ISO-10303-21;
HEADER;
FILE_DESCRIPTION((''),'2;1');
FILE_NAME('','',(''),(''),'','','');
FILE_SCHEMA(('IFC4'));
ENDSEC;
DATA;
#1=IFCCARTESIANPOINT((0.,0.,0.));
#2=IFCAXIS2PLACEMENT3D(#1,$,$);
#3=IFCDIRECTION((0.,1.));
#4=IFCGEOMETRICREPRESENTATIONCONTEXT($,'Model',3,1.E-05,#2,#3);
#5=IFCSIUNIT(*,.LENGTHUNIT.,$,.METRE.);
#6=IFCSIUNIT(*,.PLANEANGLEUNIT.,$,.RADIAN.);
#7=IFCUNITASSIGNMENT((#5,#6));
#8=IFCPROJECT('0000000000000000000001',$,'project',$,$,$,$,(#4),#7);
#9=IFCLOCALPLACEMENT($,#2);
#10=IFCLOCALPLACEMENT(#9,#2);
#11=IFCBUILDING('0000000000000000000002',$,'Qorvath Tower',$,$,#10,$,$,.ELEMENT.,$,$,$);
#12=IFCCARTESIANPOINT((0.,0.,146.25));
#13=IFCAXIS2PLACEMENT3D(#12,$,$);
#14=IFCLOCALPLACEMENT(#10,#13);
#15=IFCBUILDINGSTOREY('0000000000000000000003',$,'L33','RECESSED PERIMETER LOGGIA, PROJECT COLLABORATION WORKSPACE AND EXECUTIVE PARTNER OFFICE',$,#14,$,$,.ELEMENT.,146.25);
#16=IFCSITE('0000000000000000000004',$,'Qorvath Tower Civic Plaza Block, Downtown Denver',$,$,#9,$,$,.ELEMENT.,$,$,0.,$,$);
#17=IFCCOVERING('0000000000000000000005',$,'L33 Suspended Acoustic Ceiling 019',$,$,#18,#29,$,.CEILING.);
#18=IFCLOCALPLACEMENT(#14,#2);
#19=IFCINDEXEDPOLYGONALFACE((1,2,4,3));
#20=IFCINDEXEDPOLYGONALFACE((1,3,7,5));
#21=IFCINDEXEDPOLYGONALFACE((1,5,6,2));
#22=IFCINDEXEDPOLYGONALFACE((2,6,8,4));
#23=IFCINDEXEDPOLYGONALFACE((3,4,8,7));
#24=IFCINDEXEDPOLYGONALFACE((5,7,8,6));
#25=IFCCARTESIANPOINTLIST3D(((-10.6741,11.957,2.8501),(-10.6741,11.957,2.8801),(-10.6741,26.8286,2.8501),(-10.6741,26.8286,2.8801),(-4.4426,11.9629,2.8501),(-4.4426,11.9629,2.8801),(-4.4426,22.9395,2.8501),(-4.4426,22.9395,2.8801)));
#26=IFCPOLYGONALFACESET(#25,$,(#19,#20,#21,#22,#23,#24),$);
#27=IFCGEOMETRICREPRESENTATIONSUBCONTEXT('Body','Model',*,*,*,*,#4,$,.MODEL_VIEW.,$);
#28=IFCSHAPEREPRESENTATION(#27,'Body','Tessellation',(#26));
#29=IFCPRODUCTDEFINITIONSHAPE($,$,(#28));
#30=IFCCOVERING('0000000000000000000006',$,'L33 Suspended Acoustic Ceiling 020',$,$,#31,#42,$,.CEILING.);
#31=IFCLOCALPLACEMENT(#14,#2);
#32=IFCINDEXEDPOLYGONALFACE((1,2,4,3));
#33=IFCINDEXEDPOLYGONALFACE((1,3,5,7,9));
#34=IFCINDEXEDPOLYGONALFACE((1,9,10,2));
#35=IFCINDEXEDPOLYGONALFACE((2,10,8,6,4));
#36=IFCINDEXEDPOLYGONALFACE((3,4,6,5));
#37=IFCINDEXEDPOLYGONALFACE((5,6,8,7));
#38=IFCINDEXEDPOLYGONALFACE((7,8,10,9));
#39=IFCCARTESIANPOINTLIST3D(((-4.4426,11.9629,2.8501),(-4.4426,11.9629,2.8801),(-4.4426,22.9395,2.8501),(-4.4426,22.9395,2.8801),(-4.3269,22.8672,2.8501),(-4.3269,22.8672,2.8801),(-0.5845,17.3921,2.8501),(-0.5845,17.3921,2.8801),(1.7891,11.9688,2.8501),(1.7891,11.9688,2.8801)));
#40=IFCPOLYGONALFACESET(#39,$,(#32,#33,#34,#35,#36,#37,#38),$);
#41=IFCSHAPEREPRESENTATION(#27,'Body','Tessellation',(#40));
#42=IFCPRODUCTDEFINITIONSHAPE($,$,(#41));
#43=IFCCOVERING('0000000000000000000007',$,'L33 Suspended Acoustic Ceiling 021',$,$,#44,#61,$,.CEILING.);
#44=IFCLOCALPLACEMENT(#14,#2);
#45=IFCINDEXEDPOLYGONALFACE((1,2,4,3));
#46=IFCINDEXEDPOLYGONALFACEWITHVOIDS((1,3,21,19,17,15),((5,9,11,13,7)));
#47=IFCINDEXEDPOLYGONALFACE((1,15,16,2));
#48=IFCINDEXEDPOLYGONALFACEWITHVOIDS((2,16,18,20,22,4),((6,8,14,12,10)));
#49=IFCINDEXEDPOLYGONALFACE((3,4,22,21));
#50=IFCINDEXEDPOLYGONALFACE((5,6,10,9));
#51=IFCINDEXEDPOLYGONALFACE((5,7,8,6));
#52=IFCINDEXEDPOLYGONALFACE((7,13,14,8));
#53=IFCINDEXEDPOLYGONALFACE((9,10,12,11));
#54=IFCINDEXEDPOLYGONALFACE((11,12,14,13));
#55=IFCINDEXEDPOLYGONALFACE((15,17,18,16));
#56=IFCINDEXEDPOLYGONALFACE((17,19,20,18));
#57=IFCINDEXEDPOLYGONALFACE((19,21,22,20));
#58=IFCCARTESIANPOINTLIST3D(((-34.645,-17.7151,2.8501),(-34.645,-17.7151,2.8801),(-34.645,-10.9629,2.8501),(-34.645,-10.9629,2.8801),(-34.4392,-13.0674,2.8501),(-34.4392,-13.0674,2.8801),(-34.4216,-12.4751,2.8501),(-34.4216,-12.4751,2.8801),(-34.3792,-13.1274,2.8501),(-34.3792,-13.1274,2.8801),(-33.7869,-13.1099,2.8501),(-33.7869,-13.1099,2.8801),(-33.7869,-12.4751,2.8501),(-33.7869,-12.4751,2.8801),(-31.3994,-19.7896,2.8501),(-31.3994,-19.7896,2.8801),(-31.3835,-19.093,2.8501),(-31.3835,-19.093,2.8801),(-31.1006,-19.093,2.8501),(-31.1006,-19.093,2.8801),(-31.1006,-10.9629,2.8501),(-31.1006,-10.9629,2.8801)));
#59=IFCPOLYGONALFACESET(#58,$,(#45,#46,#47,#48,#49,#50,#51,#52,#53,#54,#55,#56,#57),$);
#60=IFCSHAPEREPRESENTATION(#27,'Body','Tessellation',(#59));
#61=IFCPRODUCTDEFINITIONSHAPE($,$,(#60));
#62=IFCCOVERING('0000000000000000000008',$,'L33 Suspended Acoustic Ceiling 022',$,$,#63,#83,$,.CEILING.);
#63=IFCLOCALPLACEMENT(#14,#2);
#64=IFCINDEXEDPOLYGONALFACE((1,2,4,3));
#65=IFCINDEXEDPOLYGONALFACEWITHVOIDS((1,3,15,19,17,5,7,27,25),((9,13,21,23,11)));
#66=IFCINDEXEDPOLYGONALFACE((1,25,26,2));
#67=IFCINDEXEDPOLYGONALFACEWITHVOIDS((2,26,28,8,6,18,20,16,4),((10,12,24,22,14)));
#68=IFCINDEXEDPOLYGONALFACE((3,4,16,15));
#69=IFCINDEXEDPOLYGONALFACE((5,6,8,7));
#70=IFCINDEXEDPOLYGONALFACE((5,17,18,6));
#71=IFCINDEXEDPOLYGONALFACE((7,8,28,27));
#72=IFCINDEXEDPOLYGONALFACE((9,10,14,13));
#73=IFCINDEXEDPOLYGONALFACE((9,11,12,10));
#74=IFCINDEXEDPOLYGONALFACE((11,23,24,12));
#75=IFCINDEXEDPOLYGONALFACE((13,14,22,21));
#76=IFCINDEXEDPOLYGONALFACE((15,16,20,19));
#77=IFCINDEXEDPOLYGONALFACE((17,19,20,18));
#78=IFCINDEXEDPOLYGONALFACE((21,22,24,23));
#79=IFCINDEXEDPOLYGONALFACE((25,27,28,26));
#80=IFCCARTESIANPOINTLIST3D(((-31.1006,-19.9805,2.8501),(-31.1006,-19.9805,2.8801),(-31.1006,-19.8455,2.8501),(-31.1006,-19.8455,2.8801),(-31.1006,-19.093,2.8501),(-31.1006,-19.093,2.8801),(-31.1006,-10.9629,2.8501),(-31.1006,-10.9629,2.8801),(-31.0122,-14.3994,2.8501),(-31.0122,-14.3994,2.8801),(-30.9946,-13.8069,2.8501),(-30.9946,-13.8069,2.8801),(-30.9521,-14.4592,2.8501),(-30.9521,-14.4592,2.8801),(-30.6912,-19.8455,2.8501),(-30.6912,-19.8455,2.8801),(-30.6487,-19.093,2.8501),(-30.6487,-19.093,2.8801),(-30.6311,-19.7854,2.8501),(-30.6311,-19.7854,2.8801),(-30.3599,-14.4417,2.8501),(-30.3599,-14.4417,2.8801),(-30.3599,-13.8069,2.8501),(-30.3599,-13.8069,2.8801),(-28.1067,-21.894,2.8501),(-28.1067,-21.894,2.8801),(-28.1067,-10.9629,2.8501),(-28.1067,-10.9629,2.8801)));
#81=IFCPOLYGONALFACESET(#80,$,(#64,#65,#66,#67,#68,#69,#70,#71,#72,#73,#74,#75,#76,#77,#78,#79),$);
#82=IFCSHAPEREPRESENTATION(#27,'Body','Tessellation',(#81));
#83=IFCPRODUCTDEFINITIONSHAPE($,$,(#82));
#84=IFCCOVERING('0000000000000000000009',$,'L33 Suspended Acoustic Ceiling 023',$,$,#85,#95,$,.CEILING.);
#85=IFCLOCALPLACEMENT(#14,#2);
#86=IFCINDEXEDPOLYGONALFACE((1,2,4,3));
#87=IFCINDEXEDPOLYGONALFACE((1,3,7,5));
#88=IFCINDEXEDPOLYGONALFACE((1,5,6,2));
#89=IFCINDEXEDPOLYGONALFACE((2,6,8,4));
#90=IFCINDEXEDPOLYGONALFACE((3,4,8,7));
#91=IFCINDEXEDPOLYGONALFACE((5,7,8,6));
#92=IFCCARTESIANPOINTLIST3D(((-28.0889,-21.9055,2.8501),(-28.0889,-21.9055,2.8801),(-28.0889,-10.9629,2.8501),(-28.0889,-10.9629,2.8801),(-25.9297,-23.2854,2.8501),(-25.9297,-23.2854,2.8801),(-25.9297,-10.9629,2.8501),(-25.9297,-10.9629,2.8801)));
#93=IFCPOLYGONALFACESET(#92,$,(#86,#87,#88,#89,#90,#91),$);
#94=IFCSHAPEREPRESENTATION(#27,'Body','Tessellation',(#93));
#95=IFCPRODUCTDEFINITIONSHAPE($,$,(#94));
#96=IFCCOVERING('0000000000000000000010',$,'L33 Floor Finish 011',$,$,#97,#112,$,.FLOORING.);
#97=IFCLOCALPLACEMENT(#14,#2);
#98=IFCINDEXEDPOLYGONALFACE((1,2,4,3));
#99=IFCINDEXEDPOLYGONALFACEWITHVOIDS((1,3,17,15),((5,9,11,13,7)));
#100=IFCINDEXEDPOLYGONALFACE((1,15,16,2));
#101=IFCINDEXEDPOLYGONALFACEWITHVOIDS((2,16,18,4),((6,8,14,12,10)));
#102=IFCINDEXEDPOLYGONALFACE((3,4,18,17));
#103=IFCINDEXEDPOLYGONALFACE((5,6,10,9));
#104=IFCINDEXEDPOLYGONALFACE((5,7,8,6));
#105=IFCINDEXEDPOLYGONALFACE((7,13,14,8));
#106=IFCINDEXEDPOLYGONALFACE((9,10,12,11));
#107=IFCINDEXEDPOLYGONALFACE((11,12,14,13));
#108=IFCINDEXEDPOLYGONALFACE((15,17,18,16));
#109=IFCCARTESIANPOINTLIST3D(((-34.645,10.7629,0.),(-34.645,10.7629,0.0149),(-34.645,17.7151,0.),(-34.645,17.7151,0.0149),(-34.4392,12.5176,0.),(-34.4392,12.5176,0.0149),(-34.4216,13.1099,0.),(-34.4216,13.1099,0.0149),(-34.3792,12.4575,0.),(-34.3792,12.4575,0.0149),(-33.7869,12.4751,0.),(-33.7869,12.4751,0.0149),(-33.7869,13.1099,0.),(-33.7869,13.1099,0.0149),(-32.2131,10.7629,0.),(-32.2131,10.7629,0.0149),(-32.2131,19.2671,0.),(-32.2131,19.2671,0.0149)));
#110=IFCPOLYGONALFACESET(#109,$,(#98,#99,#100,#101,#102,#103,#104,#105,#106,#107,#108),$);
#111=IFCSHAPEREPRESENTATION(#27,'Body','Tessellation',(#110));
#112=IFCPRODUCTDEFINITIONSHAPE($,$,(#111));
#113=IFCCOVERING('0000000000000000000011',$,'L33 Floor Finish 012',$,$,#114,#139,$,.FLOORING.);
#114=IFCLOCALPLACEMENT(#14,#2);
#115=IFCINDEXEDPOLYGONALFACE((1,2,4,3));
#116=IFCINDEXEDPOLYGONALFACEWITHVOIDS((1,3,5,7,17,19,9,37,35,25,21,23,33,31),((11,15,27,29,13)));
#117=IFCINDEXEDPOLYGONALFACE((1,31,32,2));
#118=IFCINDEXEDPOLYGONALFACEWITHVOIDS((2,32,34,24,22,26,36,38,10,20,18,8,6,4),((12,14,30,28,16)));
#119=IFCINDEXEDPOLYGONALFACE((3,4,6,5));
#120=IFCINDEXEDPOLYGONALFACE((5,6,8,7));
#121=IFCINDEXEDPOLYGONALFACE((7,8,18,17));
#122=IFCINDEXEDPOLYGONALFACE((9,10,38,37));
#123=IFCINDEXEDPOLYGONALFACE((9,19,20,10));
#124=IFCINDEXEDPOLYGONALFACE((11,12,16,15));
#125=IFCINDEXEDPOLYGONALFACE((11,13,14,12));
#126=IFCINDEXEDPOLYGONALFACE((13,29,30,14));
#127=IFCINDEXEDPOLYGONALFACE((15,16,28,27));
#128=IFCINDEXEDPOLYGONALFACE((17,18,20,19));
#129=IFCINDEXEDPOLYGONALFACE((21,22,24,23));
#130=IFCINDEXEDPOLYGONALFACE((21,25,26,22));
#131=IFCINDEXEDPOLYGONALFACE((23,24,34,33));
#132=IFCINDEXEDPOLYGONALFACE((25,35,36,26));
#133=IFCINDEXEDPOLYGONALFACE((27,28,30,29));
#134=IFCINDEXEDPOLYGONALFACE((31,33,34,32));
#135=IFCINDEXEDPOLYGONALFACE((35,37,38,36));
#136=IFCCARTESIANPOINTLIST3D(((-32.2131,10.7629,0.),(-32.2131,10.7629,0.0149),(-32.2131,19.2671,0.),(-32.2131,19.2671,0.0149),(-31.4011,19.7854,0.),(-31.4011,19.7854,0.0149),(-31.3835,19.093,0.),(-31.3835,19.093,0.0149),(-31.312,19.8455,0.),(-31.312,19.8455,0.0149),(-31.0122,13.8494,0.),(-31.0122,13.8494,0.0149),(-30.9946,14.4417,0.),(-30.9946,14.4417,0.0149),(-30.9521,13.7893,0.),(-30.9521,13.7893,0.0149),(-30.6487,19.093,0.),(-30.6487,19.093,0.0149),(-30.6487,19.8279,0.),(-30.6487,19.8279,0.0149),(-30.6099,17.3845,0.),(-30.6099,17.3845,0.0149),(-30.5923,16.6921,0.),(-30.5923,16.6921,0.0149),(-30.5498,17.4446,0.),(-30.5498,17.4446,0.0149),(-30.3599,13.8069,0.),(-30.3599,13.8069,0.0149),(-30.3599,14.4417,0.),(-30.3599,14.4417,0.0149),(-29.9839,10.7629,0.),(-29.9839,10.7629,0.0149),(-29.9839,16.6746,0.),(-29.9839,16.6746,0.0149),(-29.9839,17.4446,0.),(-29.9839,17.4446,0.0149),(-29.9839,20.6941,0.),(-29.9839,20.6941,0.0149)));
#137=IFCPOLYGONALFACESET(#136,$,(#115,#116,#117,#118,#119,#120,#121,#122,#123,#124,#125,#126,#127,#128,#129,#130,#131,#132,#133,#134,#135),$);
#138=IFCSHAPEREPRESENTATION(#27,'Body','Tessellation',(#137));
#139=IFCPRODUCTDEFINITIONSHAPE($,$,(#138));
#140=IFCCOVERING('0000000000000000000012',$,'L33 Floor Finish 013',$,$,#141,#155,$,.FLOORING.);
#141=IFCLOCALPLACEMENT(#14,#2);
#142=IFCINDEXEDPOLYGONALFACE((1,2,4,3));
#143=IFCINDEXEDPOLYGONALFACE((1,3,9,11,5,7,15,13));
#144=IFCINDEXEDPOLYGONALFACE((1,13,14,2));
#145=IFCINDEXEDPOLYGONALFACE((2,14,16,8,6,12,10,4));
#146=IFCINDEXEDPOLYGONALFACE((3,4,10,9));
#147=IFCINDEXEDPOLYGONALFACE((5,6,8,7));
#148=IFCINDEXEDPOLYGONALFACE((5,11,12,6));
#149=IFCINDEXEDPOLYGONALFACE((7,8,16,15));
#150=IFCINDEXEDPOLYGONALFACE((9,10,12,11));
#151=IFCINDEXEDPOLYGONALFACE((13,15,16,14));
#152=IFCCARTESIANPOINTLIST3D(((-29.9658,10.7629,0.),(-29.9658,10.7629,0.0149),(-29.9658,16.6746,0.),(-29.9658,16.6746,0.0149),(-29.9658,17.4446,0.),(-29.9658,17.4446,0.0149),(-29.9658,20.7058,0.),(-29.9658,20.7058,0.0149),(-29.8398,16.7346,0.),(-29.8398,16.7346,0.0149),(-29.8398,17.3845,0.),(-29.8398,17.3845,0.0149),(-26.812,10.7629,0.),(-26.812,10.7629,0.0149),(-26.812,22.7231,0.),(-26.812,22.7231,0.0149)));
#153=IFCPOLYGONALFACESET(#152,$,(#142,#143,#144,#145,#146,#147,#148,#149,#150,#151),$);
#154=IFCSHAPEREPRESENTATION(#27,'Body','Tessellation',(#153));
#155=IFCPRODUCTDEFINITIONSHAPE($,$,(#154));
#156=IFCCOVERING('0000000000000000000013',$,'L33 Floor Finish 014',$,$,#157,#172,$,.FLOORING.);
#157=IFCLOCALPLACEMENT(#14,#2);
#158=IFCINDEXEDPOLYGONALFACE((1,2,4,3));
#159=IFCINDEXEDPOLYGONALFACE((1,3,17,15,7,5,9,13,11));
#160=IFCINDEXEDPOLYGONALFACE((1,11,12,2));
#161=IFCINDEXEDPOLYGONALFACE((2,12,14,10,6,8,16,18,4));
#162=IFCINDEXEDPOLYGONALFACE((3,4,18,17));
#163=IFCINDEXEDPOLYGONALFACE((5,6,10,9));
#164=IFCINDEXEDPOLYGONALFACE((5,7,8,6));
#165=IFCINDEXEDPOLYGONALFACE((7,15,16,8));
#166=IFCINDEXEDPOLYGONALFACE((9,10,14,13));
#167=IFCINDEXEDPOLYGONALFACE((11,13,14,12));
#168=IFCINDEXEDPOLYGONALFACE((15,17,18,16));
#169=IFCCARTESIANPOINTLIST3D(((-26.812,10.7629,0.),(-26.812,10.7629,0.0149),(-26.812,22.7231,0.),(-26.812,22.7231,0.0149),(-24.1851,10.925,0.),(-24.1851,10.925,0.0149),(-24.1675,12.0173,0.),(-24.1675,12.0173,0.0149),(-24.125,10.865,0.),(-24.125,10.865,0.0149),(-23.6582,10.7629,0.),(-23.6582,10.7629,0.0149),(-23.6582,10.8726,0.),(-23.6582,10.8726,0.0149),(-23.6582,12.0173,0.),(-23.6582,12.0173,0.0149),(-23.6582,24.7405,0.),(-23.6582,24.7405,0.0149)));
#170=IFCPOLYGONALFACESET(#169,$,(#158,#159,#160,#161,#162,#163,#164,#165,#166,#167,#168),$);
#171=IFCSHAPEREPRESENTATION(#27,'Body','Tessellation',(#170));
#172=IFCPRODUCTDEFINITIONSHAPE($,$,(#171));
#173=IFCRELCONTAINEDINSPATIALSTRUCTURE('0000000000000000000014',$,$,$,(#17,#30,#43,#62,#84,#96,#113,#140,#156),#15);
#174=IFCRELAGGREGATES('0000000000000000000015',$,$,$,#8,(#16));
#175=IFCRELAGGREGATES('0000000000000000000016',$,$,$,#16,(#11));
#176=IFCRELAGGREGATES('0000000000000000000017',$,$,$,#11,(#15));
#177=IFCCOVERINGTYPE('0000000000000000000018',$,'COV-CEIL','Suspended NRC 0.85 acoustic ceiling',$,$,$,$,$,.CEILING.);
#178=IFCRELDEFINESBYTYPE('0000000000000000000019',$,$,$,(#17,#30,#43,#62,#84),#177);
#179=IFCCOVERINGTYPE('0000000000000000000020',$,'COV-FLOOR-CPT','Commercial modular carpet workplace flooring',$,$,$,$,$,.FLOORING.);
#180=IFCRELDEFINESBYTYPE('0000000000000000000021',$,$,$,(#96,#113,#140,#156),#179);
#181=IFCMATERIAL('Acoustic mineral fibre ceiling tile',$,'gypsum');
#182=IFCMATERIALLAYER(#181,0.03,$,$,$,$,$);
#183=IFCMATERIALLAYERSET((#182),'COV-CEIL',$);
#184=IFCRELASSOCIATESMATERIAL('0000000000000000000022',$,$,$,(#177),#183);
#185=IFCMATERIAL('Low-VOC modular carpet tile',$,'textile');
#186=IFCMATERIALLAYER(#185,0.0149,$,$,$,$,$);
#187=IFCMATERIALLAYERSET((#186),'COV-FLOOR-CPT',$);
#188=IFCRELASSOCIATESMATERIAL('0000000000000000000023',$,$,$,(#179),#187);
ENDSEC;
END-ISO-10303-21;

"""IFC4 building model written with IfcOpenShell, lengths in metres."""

from ifc_helpers import new_model, si_unit, direction, frame, origin, place, context, subcontext, project, spatial, polyline, outline, extrude, material, layer, layer_set, type_object, element, save


model = new_model("IFC4")

# Units and contexts
model_context = context("Model", 3, precision=1e-05, world=origin(), true_north=direction((0.0, 1.0)))
body_context = subcontext(model_context, "Body", "Model", "MODEL_VIEW")
ifc_project = project(units=[si_unit("LENGTHUNIT", "METRE"), si_unit("PLANEANGLEUNIT", "RADIAN")], contexts=[model_context])

# Site, building, storey
site_placement = place(None, origin())
site = spatial("IfcSite", under=ifc_project, at=site_placement, Name="Qorvath Tower Civic Plaza Block, Downtown Denver", CompositionType="ELEMENT", RefElevation=0.0)
building_placement = place(site_placement, origin())
building = spatial("IfcBuilding", under=site, at=building_placement, Name="Qorvath Tower", CompositionType="ELEMENT")
storey_placement = place(building_placement, frame((0.0, 0.0, 146.25)))
storey = spatial("IfcBuildingStorey", under=building, at=storey_placement, Name="L33", Description="RECESSED PERIMETER LOGGIA, PROJECT COLLABORATION WORKSPACE AND EXECUTIVE PARTNER OFFICE", CompositionType="ELEMENT", Elevation=146.25)

# Coverings
ifc_material_1 = material(Name="Acoustic mineral fibre ceiling tile", Category="gypsum")
ifc_layer_1 = layer(ifc_material_1, 0.03)
ifc_layer_set_1 = layer_set([ifc_layer_1], Name="COV-CEIL")
covering_type_1 = type_object("IfcCoveringType", Name="COV-CEIL", Description="Suspended NRC 0.85 acoustic ceiling", PredefinedType="CEILING", material=ifc_layer_set_1)
covering_1_placement = place(storey_placement, frame((0.0, 0.0, 2.8501)))
element("IfcCovering", 1, at=covering_1_placement, inside=storey, type_object=covering_type_1, Name="L33 Suspended Acoustic Ceiling 019", PredefinedType="CEILING", context=body_context, shape_type="SweptSolid", body=[
    extrude(outline(polyline([(-10.6741, 26.8286), (-10.6741, 11.957), (-4.4426, 11.9629), (-4.4426, 22.9395), (-10.6741, 26.8286)])), origin(), (0.0, 0.0, 1.0), 0.03),
])
covering_2_placement = place(storey_placement, frame((0.0, 0.0, 2.8501)))
element("IfcCovering", 2, at=covering_2_placement, inside=storey, type_object=covering_type_1, Name="L33 Suspended Acoustic Ceiling 020", PredefinedType="CEILING", context=body_context, shape_type="SweptSolid", body=[
    extrude(outline(polyline([(-4.4426, 22.9395), (-4.4426, 11.9629), (1.7891, 11.9688), (-0.5845, 17.3921), (-4.3269, 22.8672), (-4.4426, 22.9395)])), origin(), (0.0, 0.0, 1.0), 0.03),
])
covering_3_placement = place(storey_placement, frame((0.0, 0.0, 2.8501)))
element("IfcCovering", 3, at=covering_3_placement, inside=storey, type_object=covering_type_1, Name="L33 Suspended Acoustic Ceiling 021", PredefinedType="CEILING", context=body_context, shape_type="SweptSolid", body=[
    extrude(outline(polyline([(-31.1006, -19.093), (-31.1006, -10.9629), (-34.645, -10.9629), (-34.645, -17.7151), (-31.3994, -19.7896), (-31.3835, -19.093), (-31.1006, -19.093)]), holes=[polyline([(-34.4392, -13.0674), (-34.4216, -12.4751), (-33.7869, -12.4751), (-33.7869, -13.1099), (-34.3792, -13.1274), (-34.4392, -13.0674)])]), origin(), (0.0, 0.0, 1.0), 0.03),
])
covering_4_placement = place(storey_placement, frame((0.0, 0.0, 2.8501)))
element("IfcCovering", 4, at=covering_4_placement, inside=storey, type_object=covering_type_1, Name="L33 Suspended Acoustic Ceiling 022", PredefinedType="CEILING", context=body_context, shape_type="SweptSolid", body=[
    extrude(outline(polyline([(-30.6912, -19.8455), (-31.1006, -19.8455), (-31.1006, -19.9805), (-28.1067, -21.894), (-28.1067, -10.9629), (-31.1006, -10.9629), (-31.1006, -19.093), (-30.6487, -19.093), (-30.6311, -19.7854), (-30.6912, -19.8455)]), holes=[polyline([(-31.0122, -14.3994), (-30.9946, -13.8069), (-30.3599, -13.8069), (-30.3599, -14.4417), (-30.9521, -14.4592), (-31.0122, -14.3994)])]), origin(), (0.0, 0.0, 1.0), 0.03),
])
covering_5_placement = place(storey_placement, frame((0.0, 0.0, 2.8501)))
element("IfcCovering", 5, at=covering_5_placement, inside=storey, type_object=covering_type_1, Name="L33 Suspended Acoustic Ceiling 023", PredefinedType="CEILING", context=body_context, shape_type="SweptSolid", body=[
    extrude(outline(polyline([(-25.9297, -23.2854), (-25.9297, -10.9629), (-28.0889, -10.9629), (-28.0889, -21.9055), (-25.9297, -23.2854)])), origin(), (0.0, 0.0, 1.0), 0.03),
])
ifc_material_2 = material(Name="Low-VOC modular carpet tile", Category="textile")
ifc_layer_2 = layer(ifc_material_2, 0.0149)
ifc_layer_set_2 = layer_set([ifc_layer_2], Name="COV-FLOOR-CPT")
covering_type_2 = type_object("IfcCoveringType", Name="COV-FLOOR-CPT", Description="Commercial modular carpet workplace flooring", PredefinedType="FLOORING", material=ifc_layer_set_2)
covering_6_placement = place(storey_placement, origin())
element("IfcCovering", 6, at=covering_6_placement, inside=storey, type_object=covering_type_2, Name="L33 Floor Finish 011", PredefinedType="FLOORING", context=body_context, shape_type="SweptSolid", body=[
    extrude(outline(polyline([(-32.2131, 10.7629), (-32.2131, 19.2671), (-34.645, 17.7151), (-34.645, 10.7629), (-32.2131, 10.7629)]), holes=[polyline([(-34.4392, 12.5176), (-34.4216, 13.1099), (-33.7869, 13.1099), (-33.7869, 12.4751), (-34.3792, 12.4575), (-34.4392, 12.5176)])]), origin(), (0.0, 0.0, 1.0), 0.0149),
])
covering_7_placement = place(storey_placement, origin())
element("IfcCovering", 7, at=covering_7_placement, inside=storey, type_object=covering_type_2, Name="L33 Floor Finish 012", PredefinedType="FLOORING", context=body_context, shape_type="SweptSolid", body=[
    extrude(outline(polyline([(-31.4011, 19.7854), (-32.2131, 19.2671), (-32.2131, 10.7629), (-29.9839, 10.7629), (-29.9839, 16.6746), (-30.5923, 16.6921), (-30.6099, 17.3845), (-30.5498, 17.4446), (-29.9839, 17.4446), (-29.9839, 20.6941), (-31.312, 19.8455), (-30.6487, 19.8279), (-30.6487, 19.093), (-31.3835, 19.093), (-31.4011, 19.7854)]), holes=[polyline([(-31.0122, 13.8494), (-30.9946, 14.4417), (-30.3599, 14.4417), (-30.3599, 13.8069), (-30.9521, 13.7893), (-31.0122, 13.8494)])]), origin(), (0.0, 0.0, 1.0), 0.0149),
])
covering_8_placement = place(storey_placement, origin())
element("IfcCovering", 8, at=covering_8_placement, inside=storey, type_object=covering_type_2, Name="L33 Floor Finish 013", PredefinedType="FLOORING", context=body_context, shape_type="SweptSolid", body=[
    extrude(outline(polyline([(-26.812, 10.7629), (-26.812, 22.7231), (-29.9658, 20.7058), (-29.9658, 17.4446), (-29.8398, 17.3845), (-29.8398, 16.7346), (-29.9658, 16.6746), (-29.9658, 10.7629), (-26.812, 10.7629)])), origin(), (0.0, 0.0, 1.0), 0.0149),
])
covering_9_placement = place(storey_placement, origin())
element("IfcCovering", 9, at=covering_9_placement, inside=storey, type_object=covering_type_2, Name="L33 Floor Finish 014", PredefinedType="FLOORING", context=body_context, shape_type="SweptSolid", body=[
    extrude(outline(polyline([(-23.6582, 10.7629), (-23.6582, 10.8726), (-24.125, 10.865), (-24.1851, 10.925), (-24.1675, 12.0173), (-23.6582, 12.0173), (-23.6582, 24.7405), (-26.812, 22.7231), (-26.812, 10.7629), (-23.6582, 10.7629)])), origin(), (0.0, 0.0, 1.0), 0.0149),
])

save(model, "model.ifc")
